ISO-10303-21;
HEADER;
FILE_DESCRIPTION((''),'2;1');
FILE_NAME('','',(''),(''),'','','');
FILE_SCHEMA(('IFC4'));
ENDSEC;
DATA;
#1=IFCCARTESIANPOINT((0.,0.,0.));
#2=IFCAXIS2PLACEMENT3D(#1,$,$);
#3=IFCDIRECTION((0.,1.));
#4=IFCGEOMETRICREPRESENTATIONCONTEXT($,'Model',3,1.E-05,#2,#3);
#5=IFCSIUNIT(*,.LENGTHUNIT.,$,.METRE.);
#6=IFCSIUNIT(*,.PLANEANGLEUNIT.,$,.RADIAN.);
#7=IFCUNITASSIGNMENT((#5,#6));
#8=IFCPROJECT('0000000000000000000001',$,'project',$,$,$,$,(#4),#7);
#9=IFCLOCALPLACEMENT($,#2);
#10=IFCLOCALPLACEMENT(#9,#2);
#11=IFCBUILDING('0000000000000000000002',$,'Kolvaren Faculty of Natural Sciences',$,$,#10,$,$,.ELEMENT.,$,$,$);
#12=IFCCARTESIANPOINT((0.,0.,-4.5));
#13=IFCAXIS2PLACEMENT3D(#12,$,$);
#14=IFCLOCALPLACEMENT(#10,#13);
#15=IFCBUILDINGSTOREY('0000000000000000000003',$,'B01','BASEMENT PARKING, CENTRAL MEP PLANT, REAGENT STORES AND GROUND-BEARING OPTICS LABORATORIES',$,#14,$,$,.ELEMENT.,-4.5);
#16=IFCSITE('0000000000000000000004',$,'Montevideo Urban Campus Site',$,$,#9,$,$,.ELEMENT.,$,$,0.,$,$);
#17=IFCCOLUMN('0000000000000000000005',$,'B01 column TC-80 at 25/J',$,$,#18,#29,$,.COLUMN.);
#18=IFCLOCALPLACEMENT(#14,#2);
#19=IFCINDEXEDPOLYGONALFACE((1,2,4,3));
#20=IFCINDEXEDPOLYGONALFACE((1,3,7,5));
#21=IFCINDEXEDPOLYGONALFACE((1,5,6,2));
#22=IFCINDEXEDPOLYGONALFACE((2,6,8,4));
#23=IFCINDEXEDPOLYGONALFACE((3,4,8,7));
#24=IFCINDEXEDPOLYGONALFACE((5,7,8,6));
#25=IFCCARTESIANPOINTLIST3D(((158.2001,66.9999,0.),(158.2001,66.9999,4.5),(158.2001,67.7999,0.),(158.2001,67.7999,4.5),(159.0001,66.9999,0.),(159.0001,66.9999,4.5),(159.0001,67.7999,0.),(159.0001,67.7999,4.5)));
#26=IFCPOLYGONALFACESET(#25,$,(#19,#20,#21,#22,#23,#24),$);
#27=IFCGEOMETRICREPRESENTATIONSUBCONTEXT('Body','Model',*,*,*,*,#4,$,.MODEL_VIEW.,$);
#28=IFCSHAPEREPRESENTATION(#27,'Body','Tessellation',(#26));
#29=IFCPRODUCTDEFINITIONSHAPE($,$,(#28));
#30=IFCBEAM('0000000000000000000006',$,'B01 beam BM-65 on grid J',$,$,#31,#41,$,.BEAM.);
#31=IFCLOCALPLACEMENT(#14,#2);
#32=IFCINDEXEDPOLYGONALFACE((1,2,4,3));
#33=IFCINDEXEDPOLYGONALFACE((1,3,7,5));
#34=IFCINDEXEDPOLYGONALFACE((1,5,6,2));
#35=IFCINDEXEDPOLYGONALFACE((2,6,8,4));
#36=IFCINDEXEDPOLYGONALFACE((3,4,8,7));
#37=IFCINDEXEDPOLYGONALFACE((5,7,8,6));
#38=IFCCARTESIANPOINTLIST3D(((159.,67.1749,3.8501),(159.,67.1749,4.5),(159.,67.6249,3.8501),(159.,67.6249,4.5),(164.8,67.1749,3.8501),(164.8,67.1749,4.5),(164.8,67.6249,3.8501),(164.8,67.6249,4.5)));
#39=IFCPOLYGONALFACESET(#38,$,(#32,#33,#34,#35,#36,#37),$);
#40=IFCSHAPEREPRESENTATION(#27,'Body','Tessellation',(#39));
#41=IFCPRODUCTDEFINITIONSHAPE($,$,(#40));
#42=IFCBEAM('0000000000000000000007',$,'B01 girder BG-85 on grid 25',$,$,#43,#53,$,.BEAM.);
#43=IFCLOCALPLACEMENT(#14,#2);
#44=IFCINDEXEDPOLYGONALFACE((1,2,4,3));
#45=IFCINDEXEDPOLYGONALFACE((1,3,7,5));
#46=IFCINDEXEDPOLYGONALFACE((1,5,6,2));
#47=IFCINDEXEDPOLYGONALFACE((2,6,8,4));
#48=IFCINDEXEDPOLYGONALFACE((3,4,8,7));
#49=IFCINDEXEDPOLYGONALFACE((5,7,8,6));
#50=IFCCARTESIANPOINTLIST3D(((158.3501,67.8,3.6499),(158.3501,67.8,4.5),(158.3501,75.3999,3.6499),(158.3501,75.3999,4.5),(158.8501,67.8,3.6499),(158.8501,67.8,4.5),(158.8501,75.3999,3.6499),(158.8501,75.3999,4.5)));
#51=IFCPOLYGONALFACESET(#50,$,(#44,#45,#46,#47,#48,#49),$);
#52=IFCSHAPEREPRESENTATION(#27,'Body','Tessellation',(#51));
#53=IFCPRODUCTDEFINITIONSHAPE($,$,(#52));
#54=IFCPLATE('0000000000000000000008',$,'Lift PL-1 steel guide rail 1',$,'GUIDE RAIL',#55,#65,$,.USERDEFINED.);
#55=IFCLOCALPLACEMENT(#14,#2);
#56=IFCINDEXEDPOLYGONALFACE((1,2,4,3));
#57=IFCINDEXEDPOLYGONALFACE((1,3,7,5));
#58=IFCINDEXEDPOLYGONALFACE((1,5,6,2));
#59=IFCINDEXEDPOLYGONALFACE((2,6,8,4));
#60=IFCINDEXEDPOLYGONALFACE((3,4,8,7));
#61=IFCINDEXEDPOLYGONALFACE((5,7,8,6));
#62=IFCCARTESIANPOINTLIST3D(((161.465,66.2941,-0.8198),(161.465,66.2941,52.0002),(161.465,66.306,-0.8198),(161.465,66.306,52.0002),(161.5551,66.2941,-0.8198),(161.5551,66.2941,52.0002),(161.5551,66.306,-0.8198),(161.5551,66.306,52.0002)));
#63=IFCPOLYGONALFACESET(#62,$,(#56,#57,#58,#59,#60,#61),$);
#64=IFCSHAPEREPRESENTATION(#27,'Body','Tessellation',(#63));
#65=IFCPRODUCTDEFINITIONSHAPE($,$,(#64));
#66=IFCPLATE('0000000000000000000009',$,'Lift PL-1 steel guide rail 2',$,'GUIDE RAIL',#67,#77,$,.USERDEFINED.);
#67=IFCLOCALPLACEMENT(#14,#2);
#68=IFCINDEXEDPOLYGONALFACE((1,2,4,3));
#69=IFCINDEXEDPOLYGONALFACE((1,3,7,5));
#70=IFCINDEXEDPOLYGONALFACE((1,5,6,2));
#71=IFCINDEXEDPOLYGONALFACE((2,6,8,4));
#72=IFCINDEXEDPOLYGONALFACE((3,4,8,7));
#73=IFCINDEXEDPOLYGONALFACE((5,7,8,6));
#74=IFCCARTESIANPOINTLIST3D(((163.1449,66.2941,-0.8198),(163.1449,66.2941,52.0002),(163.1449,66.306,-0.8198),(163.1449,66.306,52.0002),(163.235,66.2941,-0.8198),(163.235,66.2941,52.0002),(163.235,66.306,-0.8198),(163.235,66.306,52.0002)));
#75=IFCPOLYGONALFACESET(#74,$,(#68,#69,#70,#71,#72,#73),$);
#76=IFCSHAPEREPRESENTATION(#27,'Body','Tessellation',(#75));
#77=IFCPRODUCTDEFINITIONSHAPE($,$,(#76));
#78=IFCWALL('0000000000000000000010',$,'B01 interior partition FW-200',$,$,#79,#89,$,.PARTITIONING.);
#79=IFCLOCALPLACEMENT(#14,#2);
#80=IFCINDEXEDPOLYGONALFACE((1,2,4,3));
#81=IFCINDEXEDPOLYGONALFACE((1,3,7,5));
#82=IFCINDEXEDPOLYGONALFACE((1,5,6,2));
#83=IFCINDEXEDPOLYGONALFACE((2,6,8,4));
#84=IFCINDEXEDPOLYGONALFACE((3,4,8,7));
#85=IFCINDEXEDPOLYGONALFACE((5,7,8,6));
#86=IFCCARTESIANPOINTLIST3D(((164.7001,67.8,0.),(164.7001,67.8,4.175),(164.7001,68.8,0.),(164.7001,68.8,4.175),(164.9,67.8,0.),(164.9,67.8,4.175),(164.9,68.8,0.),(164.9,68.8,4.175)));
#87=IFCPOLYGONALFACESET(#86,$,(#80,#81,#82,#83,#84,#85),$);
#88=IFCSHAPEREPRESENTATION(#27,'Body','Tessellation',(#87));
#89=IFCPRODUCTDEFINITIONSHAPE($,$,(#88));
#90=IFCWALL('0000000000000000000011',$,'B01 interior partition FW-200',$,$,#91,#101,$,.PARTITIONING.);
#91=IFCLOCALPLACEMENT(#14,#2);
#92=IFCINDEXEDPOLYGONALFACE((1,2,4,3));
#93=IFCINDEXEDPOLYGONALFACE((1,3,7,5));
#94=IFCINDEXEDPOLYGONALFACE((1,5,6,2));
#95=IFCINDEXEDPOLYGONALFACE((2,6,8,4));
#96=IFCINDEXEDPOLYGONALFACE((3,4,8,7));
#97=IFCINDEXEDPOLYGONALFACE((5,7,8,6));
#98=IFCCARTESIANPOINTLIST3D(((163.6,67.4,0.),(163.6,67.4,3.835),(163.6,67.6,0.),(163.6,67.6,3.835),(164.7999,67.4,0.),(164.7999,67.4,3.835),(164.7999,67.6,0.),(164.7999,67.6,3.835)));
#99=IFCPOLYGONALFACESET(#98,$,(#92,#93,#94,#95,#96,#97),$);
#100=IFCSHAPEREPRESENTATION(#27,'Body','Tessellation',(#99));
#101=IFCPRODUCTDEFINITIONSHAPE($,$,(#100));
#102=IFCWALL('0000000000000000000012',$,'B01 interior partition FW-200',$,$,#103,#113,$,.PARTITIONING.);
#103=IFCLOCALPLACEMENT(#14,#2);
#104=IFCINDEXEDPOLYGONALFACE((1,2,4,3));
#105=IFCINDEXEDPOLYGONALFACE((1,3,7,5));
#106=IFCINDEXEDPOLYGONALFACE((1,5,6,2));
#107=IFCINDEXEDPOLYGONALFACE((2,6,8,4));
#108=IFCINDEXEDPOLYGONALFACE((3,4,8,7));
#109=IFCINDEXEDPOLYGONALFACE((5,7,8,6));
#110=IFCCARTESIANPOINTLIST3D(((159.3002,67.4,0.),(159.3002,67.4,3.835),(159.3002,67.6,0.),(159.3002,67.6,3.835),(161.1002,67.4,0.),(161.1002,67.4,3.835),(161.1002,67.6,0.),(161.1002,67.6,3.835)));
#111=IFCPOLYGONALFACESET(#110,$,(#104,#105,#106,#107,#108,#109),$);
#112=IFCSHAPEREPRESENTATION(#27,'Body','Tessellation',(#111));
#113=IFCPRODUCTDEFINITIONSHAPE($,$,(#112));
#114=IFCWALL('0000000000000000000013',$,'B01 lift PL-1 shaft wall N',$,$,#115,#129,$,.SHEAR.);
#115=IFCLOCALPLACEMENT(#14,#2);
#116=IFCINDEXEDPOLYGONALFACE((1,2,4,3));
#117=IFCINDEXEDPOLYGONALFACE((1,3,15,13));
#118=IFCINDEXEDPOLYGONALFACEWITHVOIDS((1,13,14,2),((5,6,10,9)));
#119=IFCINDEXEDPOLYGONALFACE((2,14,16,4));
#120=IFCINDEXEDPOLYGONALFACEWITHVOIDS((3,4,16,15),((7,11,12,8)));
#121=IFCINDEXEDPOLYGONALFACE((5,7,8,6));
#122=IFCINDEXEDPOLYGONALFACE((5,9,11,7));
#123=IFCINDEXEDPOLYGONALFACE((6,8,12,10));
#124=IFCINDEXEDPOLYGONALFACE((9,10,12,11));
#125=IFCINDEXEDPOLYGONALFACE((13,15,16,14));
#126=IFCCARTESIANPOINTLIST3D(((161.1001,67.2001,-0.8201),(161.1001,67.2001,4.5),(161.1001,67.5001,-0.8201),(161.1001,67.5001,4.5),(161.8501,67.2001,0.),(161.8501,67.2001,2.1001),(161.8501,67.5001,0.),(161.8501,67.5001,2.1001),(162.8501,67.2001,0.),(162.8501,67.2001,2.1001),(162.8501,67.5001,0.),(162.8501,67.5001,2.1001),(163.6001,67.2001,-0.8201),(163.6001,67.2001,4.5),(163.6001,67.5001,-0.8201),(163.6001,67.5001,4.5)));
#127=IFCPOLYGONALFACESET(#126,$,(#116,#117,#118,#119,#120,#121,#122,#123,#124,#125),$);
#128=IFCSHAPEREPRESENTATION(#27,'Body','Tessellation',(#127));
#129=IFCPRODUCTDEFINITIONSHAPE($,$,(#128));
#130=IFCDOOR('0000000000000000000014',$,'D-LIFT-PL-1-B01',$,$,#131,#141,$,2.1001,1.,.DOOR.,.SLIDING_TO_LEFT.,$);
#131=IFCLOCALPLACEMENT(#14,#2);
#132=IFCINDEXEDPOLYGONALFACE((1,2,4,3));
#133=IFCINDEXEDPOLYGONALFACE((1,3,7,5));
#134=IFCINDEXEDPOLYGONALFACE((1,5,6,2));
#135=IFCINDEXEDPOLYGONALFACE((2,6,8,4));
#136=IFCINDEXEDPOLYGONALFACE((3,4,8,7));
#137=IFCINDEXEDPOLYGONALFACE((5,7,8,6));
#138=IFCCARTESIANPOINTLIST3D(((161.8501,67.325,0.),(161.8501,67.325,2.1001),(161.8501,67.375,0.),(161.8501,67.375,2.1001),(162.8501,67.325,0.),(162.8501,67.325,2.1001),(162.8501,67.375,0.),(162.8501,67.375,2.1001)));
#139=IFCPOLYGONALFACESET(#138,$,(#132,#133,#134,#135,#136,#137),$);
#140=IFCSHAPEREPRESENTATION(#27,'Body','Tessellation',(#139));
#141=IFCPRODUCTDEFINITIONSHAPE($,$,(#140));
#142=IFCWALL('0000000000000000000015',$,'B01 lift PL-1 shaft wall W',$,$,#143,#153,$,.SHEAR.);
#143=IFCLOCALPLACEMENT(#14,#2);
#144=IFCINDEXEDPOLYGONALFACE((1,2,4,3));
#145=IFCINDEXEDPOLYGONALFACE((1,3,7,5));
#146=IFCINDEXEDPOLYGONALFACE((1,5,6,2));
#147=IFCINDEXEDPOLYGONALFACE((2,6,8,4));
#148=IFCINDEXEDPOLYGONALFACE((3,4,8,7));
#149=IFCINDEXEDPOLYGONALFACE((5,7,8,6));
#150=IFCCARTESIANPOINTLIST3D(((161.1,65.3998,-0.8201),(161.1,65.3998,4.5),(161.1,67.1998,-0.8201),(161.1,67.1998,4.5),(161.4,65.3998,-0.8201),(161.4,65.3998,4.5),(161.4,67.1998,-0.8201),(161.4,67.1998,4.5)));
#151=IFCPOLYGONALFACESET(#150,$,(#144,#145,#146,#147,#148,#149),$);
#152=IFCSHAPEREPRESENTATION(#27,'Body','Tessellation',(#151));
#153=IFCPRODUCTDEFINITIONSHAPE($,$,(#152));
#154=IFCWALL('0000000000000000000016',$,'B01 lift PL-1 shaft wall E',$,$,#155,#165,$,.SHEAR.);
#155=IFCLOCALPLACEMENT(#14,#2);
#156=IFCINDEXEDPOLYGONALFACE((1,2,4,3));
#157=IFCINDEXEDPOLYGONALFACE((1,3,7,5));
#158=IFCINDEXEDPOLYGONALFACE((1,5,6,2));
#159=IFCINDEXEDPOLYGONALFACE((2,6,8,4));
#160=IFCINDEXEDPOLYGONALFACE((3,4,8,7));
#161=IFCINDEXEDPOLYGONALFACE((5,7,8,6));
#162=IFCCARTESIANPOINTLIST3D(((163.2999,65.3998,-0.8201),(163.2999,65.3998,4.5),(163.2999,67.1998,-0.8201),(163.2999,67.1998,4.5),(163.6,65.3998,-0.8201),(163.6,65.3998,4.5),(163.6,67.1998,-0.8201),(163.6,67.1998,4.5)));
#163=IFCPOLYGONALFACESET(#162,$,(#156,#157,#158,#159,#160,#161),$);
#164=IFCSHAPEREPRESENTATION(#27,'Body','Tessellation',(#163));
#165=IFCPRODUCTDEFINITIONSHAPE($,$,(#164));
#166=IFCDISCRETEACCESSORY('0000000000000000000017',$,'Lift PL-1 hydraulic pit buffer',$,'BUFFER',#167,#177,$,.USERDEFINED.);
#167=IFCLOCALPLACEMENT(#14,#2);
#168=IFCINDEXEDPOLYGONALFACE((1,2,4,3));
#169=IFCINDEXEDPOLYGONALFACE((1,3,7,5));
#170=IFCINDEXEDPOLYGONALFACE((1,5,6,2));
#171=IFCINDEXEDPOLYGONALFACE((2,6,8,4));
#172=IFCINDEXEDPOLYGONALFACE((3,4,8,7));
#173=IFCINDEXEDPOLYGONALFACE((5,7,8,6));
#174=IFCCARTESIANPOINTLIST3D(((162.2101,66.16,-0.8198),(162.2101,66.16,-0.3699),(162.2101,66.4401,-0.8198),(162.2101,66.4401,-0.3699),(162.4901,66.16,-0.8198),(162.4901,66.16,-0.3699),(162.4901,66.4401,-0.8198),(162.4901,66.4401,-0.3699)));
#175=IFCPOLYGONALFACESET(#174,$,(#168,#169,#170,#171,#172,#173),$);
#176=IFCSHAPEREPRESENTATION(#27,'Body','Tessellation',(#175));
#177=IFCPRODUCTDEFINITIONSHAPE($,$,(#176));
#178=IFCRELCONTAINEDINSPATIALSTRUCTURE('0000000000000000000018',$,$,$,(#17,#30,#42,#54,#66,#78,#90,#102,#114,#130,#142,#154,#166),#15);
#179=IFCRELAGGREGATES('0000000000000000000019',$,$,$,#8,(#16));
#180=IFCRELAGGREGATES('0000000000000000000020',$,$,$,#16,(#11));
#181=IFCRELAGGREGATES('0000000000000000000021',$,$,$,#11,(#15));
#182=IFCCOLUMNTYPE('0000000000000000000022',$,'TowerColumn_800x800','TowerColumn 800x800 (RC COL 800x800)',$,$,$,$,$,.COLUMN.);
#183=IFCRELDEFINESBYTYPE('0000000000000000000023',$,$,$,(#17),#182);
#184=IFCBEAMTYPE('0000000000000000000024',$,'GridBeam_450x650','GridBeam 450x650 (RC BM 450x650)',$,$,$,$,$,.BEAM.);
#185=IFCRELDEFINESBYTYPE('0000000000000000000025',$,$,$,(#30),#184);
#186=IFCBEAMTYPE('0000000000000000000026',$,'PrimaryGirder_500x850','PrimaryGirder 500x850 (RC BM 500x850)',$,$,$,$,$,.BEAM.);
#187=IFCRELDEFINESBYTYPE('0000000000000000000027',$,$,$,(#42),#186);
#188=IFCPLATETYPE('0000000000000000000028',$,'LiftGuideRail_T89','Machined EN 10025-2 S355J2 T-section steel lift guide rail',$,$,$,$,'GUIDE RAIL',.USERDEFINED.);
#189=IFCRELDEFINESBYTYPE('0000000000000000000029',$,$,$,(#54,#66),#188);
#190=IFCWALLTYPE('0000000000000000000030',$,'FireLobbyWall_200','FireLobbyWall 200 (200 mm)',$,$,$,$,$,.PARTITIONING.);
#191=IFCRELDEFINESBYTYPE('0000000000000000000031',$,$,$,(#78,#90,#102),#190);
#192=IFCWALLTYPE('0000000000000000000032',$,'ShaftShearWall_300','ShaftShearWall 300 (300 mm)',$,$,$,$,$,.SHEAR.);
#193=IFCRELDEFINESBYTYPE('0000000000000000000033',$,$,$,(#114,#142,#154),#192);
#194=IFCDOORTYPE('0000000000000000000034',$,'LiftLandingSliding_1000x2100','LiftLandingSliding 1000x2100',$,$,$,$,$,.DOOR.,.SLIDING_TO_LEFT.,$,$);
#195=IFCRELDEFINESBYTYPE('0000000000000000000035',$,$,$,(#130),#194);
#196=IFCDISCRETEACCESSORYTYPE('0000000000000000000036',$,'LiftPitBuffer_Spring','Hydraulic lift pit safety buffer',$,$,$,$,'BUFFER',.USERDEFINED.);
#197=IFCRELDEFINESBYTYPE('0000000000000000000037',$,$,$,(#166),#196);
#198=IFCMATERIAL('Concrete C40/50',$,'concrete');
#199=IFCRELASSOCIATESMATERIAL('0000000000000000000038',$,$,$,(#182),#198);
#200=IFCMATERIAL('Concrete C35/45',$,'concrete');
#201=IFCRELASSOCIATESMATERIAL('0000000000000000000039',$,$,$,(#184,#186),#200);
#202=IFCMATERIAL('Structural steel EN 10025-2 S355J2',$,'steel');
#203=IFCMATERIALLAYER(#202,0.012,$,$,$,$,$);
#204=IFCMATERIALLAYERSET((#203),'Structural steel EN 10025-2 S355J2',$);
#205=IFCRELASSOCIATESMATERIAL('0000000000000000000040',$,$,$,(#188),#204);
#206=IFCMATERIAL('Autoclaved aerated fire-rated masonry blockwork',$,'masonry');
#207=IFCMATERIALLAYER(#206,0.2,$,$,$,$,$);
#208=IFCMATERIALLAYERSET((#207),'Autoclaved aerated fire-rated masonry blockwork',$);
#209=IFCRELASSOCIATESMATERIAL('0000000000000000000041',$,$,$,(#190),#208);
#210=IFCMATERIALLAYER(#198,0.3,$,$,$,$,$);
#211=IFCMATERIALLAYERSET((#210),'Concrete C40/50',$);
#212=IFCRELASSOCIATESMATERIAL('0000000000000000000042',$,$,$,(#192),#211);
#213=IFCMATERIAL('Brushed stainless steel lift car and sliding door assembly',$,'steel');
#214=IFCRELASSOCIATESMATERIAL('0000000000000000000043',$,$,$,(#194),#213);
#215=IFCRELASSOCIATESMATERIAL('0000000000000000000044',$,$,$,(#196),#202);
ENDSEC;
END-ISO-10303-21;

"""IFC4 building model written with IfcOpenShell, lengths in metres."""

from ifc_helpers import new_model, si_unit, direction, frame, frame_2d, origin, origin_2d, place, context, subcontext, project, spatial, rectangle, extrude, material, layer, layer_set, material_profile, profile_set, type_object, element, fill, save


model = new_model("IFC4")

# Units and contexts
model_context = context("Model", 3, precision=1e-05, world=origin(), true_north=direction((0.0, 1.0)))
body_context = subcontext(model_context, "Body", "Model", "MODEL_VIEW")
ifc_project = project(units=[si_unit("LENGTHUNIT", "METRE"), si_unit("PLANEANGLEUNIT", "RADIAN")], contexts=[model_context])

# Site, building, storey
site_placement = place(None, origin())
site = spatial("IfcSite", under=ifc_project, at=site_placement, Name="Montevideo Urban Campus Site", CompositionType="ELEMENT", RefElevation=0.0)
building_placement = place(site_placement, origin())
building = spatial("IfcBuilding", under=site, at=building_placement, Name="Kolvaren Faculty of Natural Sciences", CompositionType="ELEMENT")
storey_placement = place(building_placement, frame((0.0, 0.0, -4.5)))
storey = spatial("IfcBuildingStorey", under=building, at=storey_placement, Name="B01", Description="BASEMENT PARKING, CENTRAL MEP PLANT, REAGENT STORES AND GROUND-BEARING OPTICS LABORATORIES", CompositionType="ELEMENT", Elevation=-4.5)

# Shared definitions
ifc_material_1 = material(Name="Concrete C35/45", Category="concrete")

# Column
ifc_material_2 = material(Name="Concrete C40/50", Category="concrete")
ifc_material_profile_1 = material_profile(ifc_material_2, rectangle(XDim=0.8, YDim=0.8, at=origin_2d()), Name="RC COL 800x800")
ifc_profile_set_1 = profile_set([ifc_material_profile_1], Name="Concrete C40/50")
column_type_1 = type_object("IfcColumnType", Name="TowerColumn_800x800", Description="TowerColumn 800x800 (RC COL 800x800)", PredefinedType="COLUMN", material=ifc_profile_set_1)
column_1_placement = place(storey_placement, frame((158.6001, 67.3999, 0.0), z_axis=(0.0, 0.0, 1.0), x_axis=(1.0, 0.0, 0.0)))
element("IfcColumn", 1, at=column_1_placement, inside=storey, type_object=column_type_1, Name="B01 column TC-80 at 25/J", PredefinedType="COLUMN", context=body_context, shape_type="SweptSolid", body=[
    extrude(rectangle(XDim=0.8, YDim=0.8, at=origin_2d()), origin(), (0.0, 0.0, 1.0), 4.5),
])

# Beams
ifc_material_profile_2 = material_profile(ifc_material_1, rectangle(XDim=0.45, YDim=0.6499, at=origin_2d()), Name="RC BM 450x650")
ifc_profile_set_2 = profile_set([ifc_material_profile_2], Name="Concrete C35/45")
beam_type_1 = type_object("IfcBeamType", Name="GridBeam_450x650", Description="GridBeam 450x650 (RC BM 450x650)", PredefinedType="BEAM", material=ifc_profile_set_2)
beam_1_placement = place(storey_placement, frame((159.0, 67.3999, 4.175), z_axis=(1.0, 0.0, 0.0), x_axis=(0.0, 1.0, 0.0)))
element("IfcBeam", 2, at=beam_1_placement, inside=storey, type_object=beam_type_1, Name="B01 beam BM-65 on grid J", PredefinedType="BEAM", context=body_context, shape_type="SweptSolid", body=[
    extrude(rectangle(XDim=0.45, YDim=0.6499, at=origin_2d()), origin(), (0.0, 0.0, 1.0), 5.8),
])
ifc_material_profile_3 = material_profile(ifc_material_1, rectangle(XDim=0.5, YDim=0.8501, at=origin_2d()), Name="RC BM 500x850")
ifc_profile_set_3 = profile_set([ifc_material_profile_3], Name="Concrete C35/45")
beam_type_2 = type_object("IfcBeamType", Name="PrimaryGirder_500x850", Description="PrimaryGirder 500x850 (RC BM 500x850)", PredefinedType="BEAM", material=ifc_profile_set_3)
beam_2_placement = place(storey_placement, frame((158.6001, 67.8, 4.075), z_axis=(0.0, 1.0, 0.0), x_axis=(-1.0, 0.0, 0.0)))
element("IfcBeam", 3, at=beam_2_placement, inside=storey, type_object=beam_type_2, Name="B01 girder BG-85 on grid 25", PredefinedType="BEAM", context=body_context, shape_type="SweptSolid", body=[
    extrude(rectangle(XDim=0.5, YDim=0.8501, at=origin_2d()), origin(), (0.0, 0.0, 1.0), 7.5999),
])

# Plates
ifc_material_3 = material(Name="Structural steel EN 10025-2 S355J2", Category="steel")
ifc_layer_1 = layer(ifc_material_3, 0.012)
ifc_layer_set_1 = layer_set([ifc_layer_1], Name="Structural steel EN 10025-2 S355J2")
plate_type = type_object("IfcPlateType", Name="LiftGuideRail_T89", Description="Machined EN 10025-2 S355J2 T-section steel lift guide rail", ElementType="GUIDE RAIL", PredefinedType="USERDEFINED", material=ifc_layer_set_1)
for number, where, z_axis, x_axis, name in (
    (4, (161.51, 66.3, -0.8198), (0.0, 0.0, 1.0), (1.0, 0.0, 0.0), "Lift PL-1 steel guide rail 1"),
    (5, (163.1899, 66.3, -0.8198), (0.0, 0.0, 1.0), (1.0, 0.0, 0.0), "Lift PL-1 steel guide rail 2"),
):
    element("IfcPlate", number, at=place(storey_placement, frame(where, z_axis=z_axis, x_axis=x_axis)), inside=storey, type_object=plate_type, Name=name, ObjectType="GUIDE RAIL", PredefinedType="USERDEFINED", context=body_context, shape_type="SweptSolid", body=[
        extrude(rectangle(XDim=0.0901, YDim=0.012, at=origin_2d()), origin(), (0.0, 0.0, 1.0), 52.8201),
    ])

# Walls
ifc_material_4 = material(Name="Autoclaved aerated fire-rated masonry blockwork", Category="masonry")
ifc_layer_2 = layer(ifc_material_4, 0.2)
ifc_layer_set_2 = layer_set([ifc_layer_2], Name="Autoclaved aerated fire-rated masonry blockwork")
wall_type_1 = type_object("IfcWallType", Name="FireLobbyWall_200", Description="FireLobbyWall 200 (200 mm)", PredefinedType="PARTITIONING", material=ifc_layer_set_2)
wall_1_placement = place(storey_placement, frame((164.8, 68.8, 0.0), z_axis=(0.0, 0.0, 1.0), x_axis=(0.0, -1.0, 0.0)))
element("IfcWall", 6, at=wall_1_placement, inside=storey, type_object=wall_type_1, Name="B01 interior partition FW-200", PredefinedType="PARTITIONING", context=body_context, shape_type="SweptSolid", body=[
    extrude(rectangle(XDim=1.0, YDim=0.2, at=frame_2d((0.5, 0.0))), origin(), (0.0, 0.0, 1.0), 4.175),
])
wall_2_placement = place(storey_placement, frame((164.8, 67.5, 0.0), z_axis=(0.0, 0.0, 1.0), x_axis=(-1.0, 0.0, 0.0)))
element("IfcWall", 7, at=wall_2_placement, inside=storey, type_object=wall_type_1, Name="B01 interior partition FW-200", PredefinedType="PARTITIONING", context=body_context, shape_type="SweptSolid", body=[
    extrude(rectangle(XDim=1.2, YDim=0.2, at=frame_2d((0.6001, 0.0))), origin(), (0.0, 0.0, 1.0), 3.835),
])
wall_3_placement = place(storey_placement, frame((161.1001, 67.5, 0.0), z_axis=(0.0, 0.0, 1.0), x_axis=(-1.0, 0.0, 0.0)))
element("IfcWall", 8, at=wall_3_placement, inside=storey, type_object=wall_type_1, Name="B01 interior partition FW-200", PredefinedType="PARTITIONING", context=body_context, shape_type="SweptSolid", body=[
    extrude(rectangle(XDim=1.8, YDim=0.2, at=frame_2d((0.8999, 0.0))), origin(), (0.0, 0.0, 1.0), 3.835),
])

# Wall, opening, door
ifc_layer_3 = layer(ifc_material_2, 0.3)
ifc_layer_set_3 = layer_set([ifc_layer_3], Name="Concrete C40/50")
wall_type_2 = type_object("IfcWallType", Name="ShaftShearWall_300", Description="ShaftShearWall 300 (300 mm)", PredefinedType="SHEAR", material=ifc_layer_set_3)
wall_4_placement = place(storey_placement, frame((161.1001, 67.3501, -0.8201), z_axis=(0.0, 0.0, 1.0), x_axis=(1.0, 0.0, 0.0)))
wall_4 = element("IfcWall", 9, at=wall_4_placement, inside=storey, type_object=wall_type_2, Name="B01 lift PL-1 shaft wall N", PredefinedType="SHEAR", context=body_context, shape_type="SweptSolid", body=[
    extrude(rectangle(XDim=2.5, YDim=0.3, at=frame_2d((1.25, 0.0))), origin(), (0.0, 0.0, 1.0), 5.3201),
])
opening_1_placement = place(wall_4_placement, frame((0.75, 0.0, 0.8201)))
opening_1 = element("IfcOpeningElement", 10, at=opening_1_placement, cuts=wall_4, PredefinedType="OPENING", context=body_context, shape_type="SweptSolid", body=[
    extrude(rectangle(XDim=1.0, YDim=2.1001, at=frame_2d((0.5, 1.05))), frame((0.0, 0.1599, 0.0), z_axis=(0.0, -1.0, 0.0), x_axis=(1.0, 0.0, 0.0)), (0.0, 0.0, 1.0), 0.3201),
])
ifc_material_5 = material(Name="Brushed stainless steel lift car and sliding door assembly", Category="steel")
door_type_1 = type_object("IfcDoorType", Name="LiftLandingSliding_1000x2100", Description="LiftLandingSliding 1000x2100", OperationType="SLIDING_TO_LEFT", PredefinedType="DOOR", material=ifc_material_5)
door_1_placement = place(opening_1_placement, origin())
door_1 = element("IfcDoor", 11, at=door_1_placement, inside=storey, type_object=door_type_1, Name="D-LIFT-PL-1-B01", OperationType="SLIDING_TO_LEFT", OverallHeight=2.1001, OverallWidth=1.0, PredefinedType="DOOR", context=body_context, shape_type="SweptSolid", body=[
    extrude(rectangle(XDim=1.0, YDim=2.1001, at=frame_2d((0.5, 1.05))), frame((0.0, 0.0249, 0.0), z_axis=(0.0, -1.0, 0.0), x_axis=(1.0, 0.0, 0.0)), (0.0, 0.0, 1.0), 0.05),
])
fill(opening_1, door_1)

# Walls
for number, where, z_axis, x_axis, name in (
    (12, (161.25, 65.3999, -0.8201), (0.0, 0.0, 1.0), (0.0, 1.0, 0.0), "B01 lift PL-1 shaft wall W"),
    (13, (163.45, 65.3999, -0.8201), (0.0, 0.0, 1.0), (0.0, 1.0, 0.0), "B01 lift PL-1 shaft wall E"),
):
    element("IfcWall", number, at=place(storey_placement, frame(where, z_axis=z_axis, x_axis=x_axis)), inside=storey, type_object=wall_type_2, Name=name, PredefinedType="SHEAR", context=body_context, shape_type="SweptSolid", body=[
        extrude(rectangle(XDim=1.8, YDim=0.3, at=frame_2d((0.8999, 0.0))), origin(), (0.0, 0.0, 1.0), 5.3201),
    ])

# Discrete accessory
discrete_accessory_type = type_object("IfcDiscreteAccessoryType", Name="LiftPitBuffer_Spring", Description="Hydraulic lift pit safety buffer", ElementType="BUFFER", PredefinedType="USERDEFINED", material=ifc_material_3)
discrete_accessory_placement = place(storey_placement, frame((162.3501, 66.3, -0.8198), z_axis=(0.0, 0.0, 1.0), x_axis=(1.0, 0.0, 0.0)))
element("IfcDiscreteAccessory", 14, at=discrete_accessory_placement, inside=storey, type_object=discrete_accessory_type, Name="Lift PL-1 hydraulic pit buffer", ObjectType="BUFFER", PredefinedType="USERDEFINED", context=body_context, shape_type="SweptSolid", body=[
    extrude(rectangle(XDim=0.28, YDim=0.28, at=origin_2d()), origin(), (0.0, 0.0, 1.0), 0.45),
])

save(model, "model.ifc")
